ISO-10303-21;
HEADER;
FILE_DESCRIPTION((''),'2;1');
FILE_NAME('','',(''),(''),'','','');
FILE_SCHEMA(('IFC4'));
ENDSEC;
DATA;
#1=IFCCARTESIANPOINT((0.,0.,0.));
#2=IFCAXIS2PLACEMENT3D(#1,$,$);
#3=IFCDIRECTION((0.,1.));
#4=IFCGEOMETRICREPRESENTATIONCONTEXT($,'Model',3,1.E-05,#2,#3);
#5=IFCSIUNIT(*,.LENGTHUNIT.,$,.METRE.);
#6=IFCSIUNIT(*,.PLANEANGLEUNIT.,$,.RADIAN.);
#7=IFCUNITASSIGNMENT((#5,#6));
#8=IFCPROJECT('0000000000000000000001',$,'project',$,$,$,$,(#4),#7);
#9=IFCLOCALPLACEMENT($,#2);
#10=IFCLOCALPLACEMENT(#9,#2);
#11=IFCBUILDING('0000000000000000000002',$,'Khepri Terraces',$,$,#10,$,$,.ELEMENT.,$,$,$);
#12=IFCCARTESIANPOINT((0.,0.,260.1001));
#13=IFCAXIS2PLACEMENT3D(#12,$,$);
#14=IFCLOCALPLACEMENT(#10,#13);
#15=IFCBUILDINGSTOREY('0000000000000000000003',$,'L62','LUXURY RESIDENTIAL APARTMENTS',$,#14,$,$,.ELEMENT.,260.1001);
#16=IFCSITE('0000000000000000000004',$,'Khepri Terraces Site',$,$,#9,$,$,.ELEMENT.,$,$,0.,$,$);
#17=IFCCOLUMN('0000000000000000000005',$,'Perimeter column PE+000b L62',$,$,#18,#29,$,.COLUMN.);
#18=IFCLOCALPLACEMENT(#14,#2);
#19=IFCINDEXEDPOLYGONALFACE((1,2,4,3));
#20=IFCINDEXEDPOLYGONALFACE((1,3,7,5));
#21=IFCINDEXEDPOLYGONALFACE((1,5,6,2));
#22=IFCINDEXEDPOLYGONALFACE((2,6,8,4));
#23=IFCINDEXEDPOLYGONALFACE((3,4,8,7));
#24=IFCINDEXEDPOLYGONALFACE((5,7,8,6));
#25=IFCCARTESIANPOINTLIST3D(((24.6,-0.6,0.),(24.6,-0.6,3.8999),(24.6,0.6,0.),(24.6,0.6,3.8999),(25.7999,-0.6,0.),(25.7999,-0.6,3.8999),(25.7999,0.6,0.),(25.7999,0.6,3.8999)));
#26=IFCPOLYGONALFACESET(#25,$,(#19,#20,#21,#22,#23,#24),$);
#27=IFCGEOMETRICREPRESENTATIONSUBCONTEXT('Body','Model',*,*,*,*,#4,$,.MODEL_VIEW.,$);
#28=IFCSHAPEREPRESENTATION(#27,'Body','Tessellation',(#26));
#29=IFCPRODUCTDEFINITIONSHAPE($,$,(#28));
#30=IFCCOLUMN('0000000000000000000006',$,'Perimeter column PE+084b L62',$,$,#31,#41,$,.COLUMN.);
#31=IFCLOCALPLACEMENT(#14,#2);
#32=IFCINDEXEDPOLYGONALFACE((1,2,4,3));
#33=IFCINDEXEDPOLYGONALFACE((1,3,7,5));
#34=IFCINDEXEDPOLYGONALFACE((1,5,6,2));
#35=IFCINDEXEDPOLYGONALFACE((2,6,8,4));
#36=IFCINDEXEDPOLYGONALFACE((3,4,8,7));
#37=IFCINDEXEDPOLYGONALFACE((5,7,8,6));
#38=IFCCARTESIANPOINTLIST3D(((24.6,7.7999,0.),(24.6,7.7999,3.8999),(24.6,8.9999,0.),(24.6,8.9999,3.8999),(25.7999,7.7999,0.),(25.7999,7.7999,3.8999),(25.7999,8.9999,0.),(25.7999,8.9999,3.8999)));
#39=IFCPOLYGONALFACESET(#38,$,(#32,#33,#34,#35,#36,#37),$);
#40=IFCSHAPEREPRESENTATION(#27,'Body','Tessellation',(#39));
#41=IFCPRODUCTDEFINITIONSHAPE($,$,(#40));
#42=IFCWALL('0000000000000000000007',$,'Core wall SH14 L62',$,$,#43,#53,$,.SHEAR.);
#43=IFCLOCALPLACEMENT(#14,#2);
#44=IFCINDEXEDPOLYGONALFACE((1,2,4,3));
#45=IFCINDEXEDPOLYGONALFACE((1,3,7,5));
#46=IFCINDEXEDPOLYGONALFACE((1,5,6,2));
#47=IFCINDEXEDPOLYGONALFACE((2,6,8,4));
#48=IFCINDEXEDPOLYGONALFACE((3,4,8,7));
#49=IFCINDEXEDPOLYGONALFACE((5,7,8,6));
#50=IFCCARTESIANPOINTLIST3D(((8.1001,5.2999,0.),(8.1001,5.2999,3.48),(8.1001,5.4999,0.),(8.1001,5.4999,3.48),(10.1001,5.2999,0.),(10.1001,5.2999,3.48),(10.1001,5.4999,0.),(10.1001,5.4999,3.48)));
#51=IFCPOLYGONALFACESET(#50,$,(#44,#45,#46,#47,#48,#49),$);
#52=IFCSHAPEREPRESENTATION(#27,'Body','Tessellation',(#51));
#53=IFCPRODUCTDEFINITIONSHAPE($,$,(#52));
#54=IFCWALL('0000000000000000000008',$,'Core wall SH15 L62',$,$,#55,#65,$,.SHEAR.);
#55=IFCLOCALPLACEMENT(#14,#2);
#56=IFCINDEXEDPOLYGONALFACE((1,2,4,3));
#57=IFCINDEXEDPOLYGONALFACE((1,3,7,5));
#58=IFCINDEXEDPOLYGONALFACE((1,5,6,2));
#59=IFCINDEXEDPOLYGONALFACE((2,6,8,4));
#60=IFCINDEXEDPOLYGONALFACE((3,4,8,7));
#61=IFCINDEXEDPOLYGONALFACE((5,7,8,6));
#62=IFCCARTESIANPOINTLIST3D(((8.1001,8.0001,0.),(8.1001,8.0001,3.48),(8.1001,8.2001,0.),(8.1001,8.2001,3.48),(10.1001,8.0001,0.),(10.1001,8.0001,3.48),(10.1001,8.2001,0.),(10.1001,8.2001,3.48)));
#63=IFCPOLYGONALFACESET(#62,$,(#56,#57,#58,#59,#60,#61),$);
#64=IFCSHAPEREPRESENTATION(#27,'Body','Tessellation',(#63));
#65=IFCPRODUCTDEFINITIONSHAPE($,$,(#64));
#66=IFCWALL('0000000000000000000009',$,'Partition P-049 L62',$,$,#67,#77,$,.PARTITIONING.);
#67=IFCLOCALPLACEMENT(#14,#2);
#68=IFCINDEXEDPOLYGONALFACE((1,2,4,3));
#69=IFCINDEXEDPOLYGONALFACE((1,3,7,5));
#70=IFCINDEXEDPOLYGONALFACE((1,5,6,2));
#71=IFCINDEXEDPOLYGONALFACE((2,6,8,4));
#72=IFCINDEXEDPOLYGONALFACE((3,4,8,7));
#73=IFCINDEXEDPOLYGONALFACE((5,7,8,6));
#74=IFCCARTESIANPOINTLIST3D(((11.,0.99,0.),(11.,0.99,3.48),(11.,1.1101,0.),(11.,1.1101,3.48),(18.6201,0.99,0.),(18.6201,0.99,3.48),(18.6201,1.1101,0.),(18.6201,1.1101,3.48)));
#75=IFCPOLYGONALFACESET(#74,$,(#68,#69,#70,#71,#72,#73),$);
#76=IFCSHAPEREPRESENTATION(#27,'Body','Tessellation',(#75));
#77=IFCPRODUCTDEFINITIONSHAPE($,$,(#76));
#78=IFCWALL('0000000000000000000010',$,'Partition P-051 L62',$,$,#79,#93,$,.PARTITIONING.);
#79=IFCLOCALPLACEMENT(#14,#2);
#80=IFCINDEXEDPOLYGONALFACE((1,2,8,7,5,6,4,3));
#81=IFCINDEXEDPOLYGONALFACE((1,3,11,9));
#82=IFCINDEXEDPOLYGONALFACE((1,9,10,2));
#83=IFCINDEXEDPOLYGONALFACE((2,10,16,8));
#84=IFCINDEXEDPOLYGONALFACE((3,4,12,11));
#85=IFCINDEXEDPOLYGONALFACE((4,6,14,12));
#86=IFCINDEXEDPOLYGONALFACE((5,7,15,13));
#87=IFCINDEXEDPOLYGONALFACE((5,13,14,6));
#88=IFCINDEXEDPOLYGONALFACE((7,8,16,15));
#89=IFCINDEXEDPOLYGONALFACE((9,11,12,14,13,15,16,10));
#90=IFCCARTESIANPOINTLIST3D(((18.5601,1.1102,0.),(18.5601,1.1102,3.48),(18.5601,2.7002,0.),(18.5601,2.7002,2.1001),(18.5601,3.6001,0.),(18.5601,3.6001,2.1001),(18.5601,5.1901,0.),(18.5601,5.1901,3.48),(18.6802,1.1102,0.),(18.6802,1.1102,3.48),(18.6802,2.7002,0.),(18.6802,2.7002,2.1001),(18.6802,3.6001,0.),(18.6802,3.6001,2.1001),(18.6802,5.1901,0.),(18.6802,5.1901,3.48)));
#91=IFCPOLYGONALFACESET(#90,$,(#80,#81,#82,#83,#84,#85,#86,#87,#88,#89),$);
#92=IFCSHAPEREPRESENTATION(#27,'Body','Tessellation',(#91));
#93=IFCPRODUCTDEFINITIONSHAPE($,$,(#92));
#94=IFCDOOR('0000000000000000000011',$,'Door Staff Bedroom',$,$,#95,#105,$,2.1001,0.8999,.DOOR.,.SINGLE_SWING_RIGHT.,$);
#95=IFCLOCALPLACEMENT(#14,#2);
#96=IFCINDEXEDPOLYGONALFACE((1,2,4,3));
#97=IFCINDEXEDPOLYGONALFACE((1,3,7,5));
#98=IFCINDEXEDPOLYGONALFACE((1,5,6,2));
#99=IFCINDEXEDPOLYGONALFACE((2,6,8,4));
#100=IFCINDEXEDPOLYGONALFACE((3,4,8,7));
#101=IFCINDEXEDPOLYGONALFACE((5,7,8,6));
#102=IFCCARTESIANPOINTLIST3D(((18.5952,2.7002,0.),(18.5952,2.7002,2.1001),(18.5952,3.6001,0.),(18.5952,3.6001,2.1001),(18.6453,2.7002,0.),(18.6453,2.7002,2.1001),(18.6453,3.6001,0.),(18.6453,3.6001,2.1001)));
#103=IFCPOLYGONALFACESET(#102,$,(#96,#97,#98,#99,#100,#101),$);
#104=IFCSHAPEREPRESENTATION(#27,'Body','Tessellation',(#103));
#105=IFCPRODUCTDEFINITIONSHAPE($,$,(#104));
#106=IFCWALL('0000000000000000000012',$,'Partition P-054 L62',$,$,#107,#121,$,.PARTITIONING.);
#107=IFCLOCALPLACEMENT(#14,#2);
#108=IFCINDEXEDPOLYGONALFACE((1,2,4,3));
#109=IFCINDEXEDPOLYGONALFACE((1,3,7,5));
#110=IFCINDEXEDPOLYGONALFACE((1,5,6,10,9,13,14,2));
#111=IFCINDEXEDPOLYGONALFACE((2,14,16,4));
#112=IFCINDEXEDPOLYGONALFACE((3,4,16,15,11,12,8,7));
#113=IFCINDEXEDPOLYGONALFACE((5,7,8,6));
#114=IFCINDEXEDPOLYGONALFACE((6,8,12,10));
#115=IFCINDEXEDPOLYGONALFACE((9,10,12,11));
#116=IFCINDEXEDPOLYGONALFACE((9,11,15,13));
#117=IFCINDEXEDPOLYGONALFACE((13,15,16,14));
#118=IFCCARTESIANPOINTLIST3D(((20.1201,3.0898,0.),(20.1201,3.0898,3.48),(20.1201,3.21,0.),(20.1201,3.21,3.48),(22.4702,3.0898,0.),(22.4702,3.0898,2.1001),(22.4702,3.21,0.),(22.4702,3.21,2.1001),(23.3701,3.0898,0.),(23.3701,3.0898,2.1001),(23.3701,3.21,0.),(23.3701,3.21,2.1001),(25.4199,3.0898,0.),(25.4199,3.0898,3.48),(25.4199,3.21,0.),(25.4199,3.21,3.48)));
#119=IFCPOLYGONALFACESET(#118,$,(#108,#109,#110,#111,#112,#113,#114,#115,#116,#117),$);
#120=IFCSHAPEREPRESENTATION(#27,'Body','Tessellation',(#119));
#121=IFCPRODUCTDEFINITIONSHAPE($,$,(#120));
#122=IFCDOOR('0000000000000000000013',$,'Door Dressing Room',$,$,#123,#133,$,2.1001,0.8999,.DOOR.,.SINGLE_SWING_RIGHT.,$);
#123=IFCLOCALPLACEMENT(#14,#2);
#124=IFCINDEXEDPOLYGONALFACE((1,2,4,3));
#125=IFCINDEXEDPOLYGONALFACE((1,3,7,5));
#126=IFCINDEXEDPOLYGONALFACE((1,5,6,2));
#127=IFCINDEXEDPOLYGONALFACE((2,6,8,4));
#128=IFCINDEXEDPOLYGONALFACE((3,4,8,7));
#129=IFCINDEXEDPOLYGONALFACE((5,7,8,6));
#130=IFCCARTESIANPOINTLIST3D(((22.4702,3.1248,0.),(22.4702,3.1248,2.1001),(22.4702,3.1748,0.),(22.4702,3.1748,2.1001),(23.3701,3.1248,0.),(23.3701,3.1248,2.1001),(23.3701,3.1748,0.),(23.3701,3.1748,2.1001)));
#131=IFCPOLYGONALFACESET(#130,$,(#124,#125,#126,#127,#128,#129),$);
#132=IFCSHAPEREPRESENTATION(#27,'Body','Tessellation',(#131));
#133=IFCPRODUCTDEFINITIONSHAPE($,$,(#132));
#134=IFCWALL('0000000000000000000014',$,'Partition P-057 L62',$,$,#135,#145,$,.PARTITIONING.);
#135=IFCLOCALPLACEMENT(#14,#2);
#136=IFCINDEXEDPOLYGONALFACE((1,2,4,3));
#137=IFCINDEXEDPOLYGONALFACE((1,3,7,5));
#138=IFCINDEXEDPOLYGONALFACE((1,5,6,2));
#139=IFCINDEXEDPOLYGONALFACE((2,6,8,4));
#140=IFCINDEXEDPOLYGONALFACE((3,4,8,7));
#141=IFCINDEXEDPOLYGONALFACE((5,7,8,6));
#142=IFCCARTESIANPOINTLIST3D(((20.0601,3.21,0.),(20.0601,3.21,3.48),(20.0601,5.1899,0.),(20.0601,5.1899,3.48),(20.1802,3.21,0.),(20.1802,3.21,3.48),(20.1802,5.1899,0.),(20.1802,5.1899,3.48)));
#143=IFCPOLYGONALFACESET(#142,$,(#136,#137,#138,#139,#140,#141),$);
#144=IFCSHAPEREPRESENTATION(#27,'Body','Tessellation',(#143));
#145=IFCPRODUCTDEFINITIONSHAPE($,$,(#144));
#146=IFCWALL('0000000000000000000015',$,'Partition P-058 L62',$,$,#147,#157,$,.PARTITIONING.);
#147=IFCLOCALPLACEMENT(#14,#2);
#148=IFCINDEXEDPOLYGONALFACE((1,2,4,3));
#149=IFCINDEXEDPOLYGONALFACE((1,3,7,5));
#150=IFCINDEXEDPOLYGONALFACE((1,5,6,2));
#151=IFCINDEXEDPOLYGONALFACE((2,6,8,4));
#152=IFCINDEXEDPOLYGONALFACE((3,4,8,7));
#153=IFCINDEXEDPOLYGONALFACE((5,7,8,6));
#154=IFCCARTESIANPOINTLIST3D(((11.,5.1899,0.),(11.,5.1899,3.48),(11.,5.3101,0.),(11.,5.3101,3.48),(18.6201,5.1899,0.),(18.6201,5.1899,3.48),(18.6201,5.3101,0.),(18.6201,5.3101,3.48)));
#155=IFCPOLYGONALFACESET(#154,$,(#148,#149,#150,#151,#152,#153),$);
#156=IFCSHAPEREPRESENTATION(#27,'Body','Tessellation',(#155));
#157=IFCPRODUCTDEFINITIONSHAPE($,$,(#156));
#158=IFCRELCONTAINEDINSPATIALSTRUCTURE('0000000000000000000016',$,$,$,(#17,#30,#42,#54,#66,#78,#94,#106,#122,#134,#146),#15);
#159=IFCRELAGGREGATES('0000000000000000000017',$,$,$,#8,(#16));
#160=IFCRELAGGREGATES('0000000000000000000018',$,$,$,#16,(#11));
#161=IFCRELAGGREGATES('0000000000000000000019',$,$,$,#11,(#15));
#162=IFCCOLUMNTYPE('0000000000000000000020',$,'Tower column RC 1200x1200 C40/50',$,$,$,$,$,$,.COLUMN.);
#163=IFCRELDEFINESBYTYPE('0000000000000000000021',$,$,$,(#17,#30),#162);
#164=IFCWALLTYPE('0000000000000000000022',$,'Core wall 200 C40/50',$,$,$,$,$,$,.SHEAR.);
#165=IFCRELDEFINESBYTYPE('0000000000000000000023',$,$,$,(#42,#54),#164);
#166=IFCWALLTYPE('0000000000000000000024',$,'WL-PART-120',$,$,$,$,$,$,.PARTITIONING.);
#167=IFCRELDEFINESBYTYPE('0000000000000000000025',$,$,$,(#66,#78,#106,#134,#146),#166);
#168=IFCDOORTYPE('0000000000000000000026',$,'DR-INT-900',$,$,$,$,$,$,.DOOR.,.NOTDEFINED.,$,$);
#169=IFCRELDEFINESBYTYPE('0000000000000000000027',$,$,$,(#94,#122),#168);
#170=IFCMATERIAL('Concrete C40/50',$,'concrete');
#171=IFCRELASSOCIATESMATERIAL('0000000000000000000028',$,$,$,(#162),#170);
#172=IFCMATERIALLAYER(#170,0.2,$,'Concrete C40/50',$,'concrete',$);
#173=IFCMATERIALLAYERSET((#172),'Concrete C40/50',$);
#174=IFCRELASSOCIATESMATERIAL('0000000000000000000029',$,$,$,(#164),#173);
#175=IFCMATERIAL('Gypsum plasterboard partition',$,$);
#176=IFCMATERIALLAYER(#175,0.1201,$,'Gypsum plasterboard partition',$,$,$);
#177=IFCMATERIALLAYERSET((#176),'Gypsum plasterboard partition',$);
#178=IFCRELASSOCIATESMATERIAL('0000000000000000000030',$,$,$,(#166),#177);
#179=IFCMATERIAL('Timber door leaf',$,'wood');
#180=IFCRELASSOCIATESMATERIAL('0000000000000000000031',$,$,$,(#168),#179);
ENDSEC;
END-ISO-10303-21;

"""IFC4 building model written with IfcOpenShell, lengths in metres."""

from ifc_helpers import new_model, si_unit, direction, frame, frame_2d, origin, origin_2d, place, context, subcontext, project, spatial, rectangle, extrude, material, layer, layer_set, material_profile, profile_set, type_object, element, fill, save


model = new_model("IFC4")

# Units and contexts
model_context = context("Model", 3, precision=1e-05, world=origin(), true_north=direction((0.0, 1.0)))
body_context = subcontext(model_context, "Body", "Model", "MODEL_VIEW")
ifc_project = project(units=[si_unit("LENGTHUNIT", "METRE"), si_unit("PLANEANGLEUNIT", "RADIAN")], contexts=[model_context])

# Site, building, storey
site_placement = place(None, origin())
site = spatial("IfcSite", under=ifc_project, at=site_placement, Name="Khepri Terraces Site", CompositionType="ELEMENT", RefElevation=0.0)
building_placement = place(site_placement, origin())
building = spatial("IfcBuilding", under=site, at=building_placement, Name="Khepri Terraces", CompositionType="ELEMENT")
storey_placement = place(building_placement, frame((0.0, 0.0, 260.1001)))
storey = spatial("IfcBuildingStorey", under=building, at=storey_placement, Name="L62", Description="LUXURY RESIDENTIAL APARTMENTS", CompositionType="ELEMENT", Elevation=260.1001)

# Columns
ifc_material_1 = material(Name="Concrete C40/50", Category="concrete")
ifc_material_profile = material_profile(ifc_material_1, rectangle(XDim=1.2, YDim=1.2, at=origin_2d()), Name="Concrete C40/50", Category="concrete")
ifc_profile_set = profile_set([ifc_material_profile], Name="Concrete C40/50")
column_type = type_object("IfcColumnType", Name="Tower column RC 1200x1200 C40/50", PredefinedType="COLUMN", material=ifc_profile_set)
for number, where, z_axis, x_axis, name in (
    (1, (25.2, 0.0, 0.0), (0.0, 0.0, 1.0), (1.0, 0.0, 0.0), "Perimeter column PE+000b L62"),
    (2, (25.2, 8.3999, 0.0), (0.0, 0.0, 1.0), (1.0, 0.0, 0.0), "Perimeter column PE+084b L62"),
):
    element("IfcColumn", number, at=place(storey_placement, frame(where, z_axis=z_axis, x_axis=x_axis)), inside=storey, type_object=column_type, Name=name, PredefinedType="COLUMN", context=body_context, shape_type="SweptSolid", body=[
        extrude(rectangle(XDim=1.2, YDim=1.2, at=origin_2d()), origin(), (0.0, 0.0, 1.0), 3.8999),
    ])

# Walls
ifc_layer_1 = layer(ifc_material_1, 0.2, Name="Concrete C40/50", Category="concrete")
ifc_layer_set_1 = layer_set([ifc_layer_1], Name="Concrete C40/50")
wall_type_1 = type_object("IfcWallType", Name="Core wall 200 C40/50", PredefinedType="SHEAR", material=ifc_layer_set_1)
for number, where, z_axis, x_axis, name in (
    (3, (8.1001, 5.3999, 0.0), (0.0, 0.0, 1.0), (1.0, 0.0, 0.0), "Core wall SH14 L62"),
    (4, (8.1001, 8.1001, 0.0), (0.0, 0.0, 1.0), (1.0, 0.0, 0.0), "Core wall SH15 L62"),
):
    element("IfcWall", number, at=place(storey_placement, frame(where, z_axis=z_axis, x_axis=x_axis)), inside=storey, type_object=wall_type_1, Name=name, PredefinedType="SHEAR", context=body_context, shape_type="SweptSolid", body=[
        extrude(rectangle(XDim=2.0, YDim=0.2, at=frame_2d((1.0, 0.0))), origin(), (0.0, 0.0, 1.0), 3.48),
    ])

# Wall
ifc_material_2 = material(Name="Gypsum plasterboard partition")
ifc_layer_2 = layer(ifc_material_2, 0.1201, Name="Gypsum plasterboard partition")
ifc_layer_set_2 = layer_set([ifc_layer_2], Name="Gypsum plasterboard partition")
wall_type_2 = type_object("IfcWallType", Name="WL-PART-120", PredefinedType="PARTITIONING", material=ifc_layer_set_2)
wall_1_placement = place(storey_placement, frame((11.0, 1.05, 0.0), z_axis=(0.0, 0.0, 1.0), x_axis=(1.0, 0.0, 0.0)))
element("IfcWall", 5, at=wall_1_placement, inside=storey, type_object=wall_type_2, Name="Partition P-049 L62", PredefinedType="PARTITIONING", context=body_context, shape_type="SweptSolid", body=[
    extrude(rectangle(XDim=7.6201, YDim=0.1201, at=frame_2d((3.8101, 0.0))), origin(), (0.0, 0.0, 1.0), 3.48),
])

# Walls, openings, doors
wall_2_placement = place(storey_placement, frame((18.6201, 1.1101, 0.0), z_axis=(0.0, 0.0, 1.0), x_axis=(0.0, 1.0, 0.0)))
wall_2 = element("IfcWall", 6, at=wall_2_placement, inside=storey, type_object=wall_type_2, Name="Partition P-051 L62", PredefinedType="PARTITIONING", context=body_context, shape_type="SweptSolid", body=[
    extrude(rectangle(XDim=4.0798, YDim=0.1201, at=frame_2d((2.04, 0.0))), origin(), (0.0, 0.0, 1.0), 3.48),
])
opening_1_placement = place(wall_2_placement, frame((1.5901, 0.0, 0.0)))
opening_1 = element("IfcOpeningElement", 7, at=opening_1_placement, cuts=wall_2, PredefinedType="OPENING", context=body_context, shape_type="SweptSolid", body=[
    extrude(rectangle(XDim=0.8999, YDim=2.1001, at=frame_2d((0.45, 1.05))), frame((0.0, 0.0701, 0.0), z_axis=(0.0, -1.0, 0.0), x_axis=(1.0, 0.0, 0.0)), (0.0, 0.0, 1.0), 0.1401),
])
ifc_material_3 = material(Name="Timber door leaf", Category="wood")
door_type_1 = type_object("IfcDoorType", Name="DR-INT-900", OperationType="NOTDEFINED", PredefinedType="DOOR", material=ifc_material_3)
door_1_placement = place(opening_1_placement, origin())
door_1 = element("IfcDoor", 8, at=door_1_placement, inside=storey, type_object=door_type_1, Name="Door Staff Bedroom", OperationType="SINGLE_SWING_RIGHT", OverallHeight=2.1001, OverallWidth=0.8999, PredefinedType="DOOR", context=body_context, shape_type="SweptSolid", body=[
    extrude(rectangle(XDim=0.8999, YDim=2.1001, at=frame_2d((0.45, 1.05))), frame((0.0, 0.0249, 0.0), z_axis=(0.0, -1.0, 0.0), x_axis=(1.0, 0.0, 0.0)), (0.0, 0.0, 1.0), 0.05),
])
fill(opening_1, door_1)
wall_3_placement = place(storey_placement, frame((20.1201, 3.1499, 0.0), z_axis=(0.0, 0.0, 1.0), x_axis=(1.0, 0.0, 0.0)))
wall_3 = element("IfcWall", 9, at=wall_3_placement, inside=storey, type_object=wall_type_2, Name="Partition P-054 L62", PredefinedType="PARTITIONING", context=body_context, shape_type="SweptSolid", body=[
    extrude(rectangle(XDim=5.2998, YDim=0.1201, at=frame_2d((2.6499, 0.0))), origin(), (0.0, 0.0, 1.0), 3.48),
])
opening_2_placement = place(wall_3_placement, frame((2.3501, 0.0, 0.0)))
opening_2 = element("IfcOpeningElement", 10, at=opening_2_placement, cuts=wall_3, PredefinedType="OPENING", context=body_context, shape_type="SweptSolid", body=[
    extrude(rectangle(XDim=0.8999, YDim=2.1001, at=frame_2d((0.45, 1.05))), frame((0.0, 0.0701, 0.0), z_axis=(0.0, -1.0, 0.0), x_axis=(1.0, 0.0, 0.0)), (0.0, 0.0, 1.0), 0.1401),
])
door_2_placement = place(opening_2_placement, origin())
door_2 = element("IfcDoor", 11, at=door_2_placement, inside=storey, type_object=door_type_1, Name="Door Dressing Room", OperationType="SINGLE_SWING_RIGHT", OverallHeight=2.1001, OverallWidth=0.8999, PredefinedType="DOOR", context=body_context, shape_type="SweptSolid", body=[
    extrude(rectangle(XDim=0.8999, YDim=2.1001, at=frame_2d((0.45, 1.05))), frame((0.0, 0.0249, 0.0), z_axis=(0.0, -1.0, 0.0), x_axis=(1.0, 0.0, 0.0)), (0.0, 0.0, 1.0), 0.05),
])
fill(opening_2, door_2)

# Walls
wall_4_placement = place(storey_placement, frame((20.1201, 3.21, 0.0), z_axis=(0.0, 0.0, 1.0), x_axis=(0.0, 1.0, 0.0)))
element("IfcWall", 12, at=wall_4_placement, inside=storey, type_object=wall_type_2, Name="Partition P-057 L62", PredefinedType="PARTITIONING", context=body_context, shape_type="SweptSolid", body=[
    extrude(rectangle(XDim=1.98, YDim=0.1201, at=frame_2d((0.99, 0.0))), origin(), (0.0, 0.0, 1.0), 3.48),
])
wall_5_placement = place(storey_placement, frame((11.0, 5.25, 0.0), z_axis=(0.0, 0.0, 1.0), x_axis=(1.0, 0.0, 0.0)))
element("IfcWall", 13, at=wall_5_placement, inside=storey, type_object=wall_type_2, Name="Partition P-058 L62", PredefinedType="PARTITIONING", context=body_context, shape_type="SweptSolid", body=[
    extrude(rectangle(XDim=7.6201, YDim=0.1201, at=frame_2d((3.8101, 0.0))), origin(), (0.0, 0.0, 1.0), 3.48),
])

save(model, "model.ifc")
